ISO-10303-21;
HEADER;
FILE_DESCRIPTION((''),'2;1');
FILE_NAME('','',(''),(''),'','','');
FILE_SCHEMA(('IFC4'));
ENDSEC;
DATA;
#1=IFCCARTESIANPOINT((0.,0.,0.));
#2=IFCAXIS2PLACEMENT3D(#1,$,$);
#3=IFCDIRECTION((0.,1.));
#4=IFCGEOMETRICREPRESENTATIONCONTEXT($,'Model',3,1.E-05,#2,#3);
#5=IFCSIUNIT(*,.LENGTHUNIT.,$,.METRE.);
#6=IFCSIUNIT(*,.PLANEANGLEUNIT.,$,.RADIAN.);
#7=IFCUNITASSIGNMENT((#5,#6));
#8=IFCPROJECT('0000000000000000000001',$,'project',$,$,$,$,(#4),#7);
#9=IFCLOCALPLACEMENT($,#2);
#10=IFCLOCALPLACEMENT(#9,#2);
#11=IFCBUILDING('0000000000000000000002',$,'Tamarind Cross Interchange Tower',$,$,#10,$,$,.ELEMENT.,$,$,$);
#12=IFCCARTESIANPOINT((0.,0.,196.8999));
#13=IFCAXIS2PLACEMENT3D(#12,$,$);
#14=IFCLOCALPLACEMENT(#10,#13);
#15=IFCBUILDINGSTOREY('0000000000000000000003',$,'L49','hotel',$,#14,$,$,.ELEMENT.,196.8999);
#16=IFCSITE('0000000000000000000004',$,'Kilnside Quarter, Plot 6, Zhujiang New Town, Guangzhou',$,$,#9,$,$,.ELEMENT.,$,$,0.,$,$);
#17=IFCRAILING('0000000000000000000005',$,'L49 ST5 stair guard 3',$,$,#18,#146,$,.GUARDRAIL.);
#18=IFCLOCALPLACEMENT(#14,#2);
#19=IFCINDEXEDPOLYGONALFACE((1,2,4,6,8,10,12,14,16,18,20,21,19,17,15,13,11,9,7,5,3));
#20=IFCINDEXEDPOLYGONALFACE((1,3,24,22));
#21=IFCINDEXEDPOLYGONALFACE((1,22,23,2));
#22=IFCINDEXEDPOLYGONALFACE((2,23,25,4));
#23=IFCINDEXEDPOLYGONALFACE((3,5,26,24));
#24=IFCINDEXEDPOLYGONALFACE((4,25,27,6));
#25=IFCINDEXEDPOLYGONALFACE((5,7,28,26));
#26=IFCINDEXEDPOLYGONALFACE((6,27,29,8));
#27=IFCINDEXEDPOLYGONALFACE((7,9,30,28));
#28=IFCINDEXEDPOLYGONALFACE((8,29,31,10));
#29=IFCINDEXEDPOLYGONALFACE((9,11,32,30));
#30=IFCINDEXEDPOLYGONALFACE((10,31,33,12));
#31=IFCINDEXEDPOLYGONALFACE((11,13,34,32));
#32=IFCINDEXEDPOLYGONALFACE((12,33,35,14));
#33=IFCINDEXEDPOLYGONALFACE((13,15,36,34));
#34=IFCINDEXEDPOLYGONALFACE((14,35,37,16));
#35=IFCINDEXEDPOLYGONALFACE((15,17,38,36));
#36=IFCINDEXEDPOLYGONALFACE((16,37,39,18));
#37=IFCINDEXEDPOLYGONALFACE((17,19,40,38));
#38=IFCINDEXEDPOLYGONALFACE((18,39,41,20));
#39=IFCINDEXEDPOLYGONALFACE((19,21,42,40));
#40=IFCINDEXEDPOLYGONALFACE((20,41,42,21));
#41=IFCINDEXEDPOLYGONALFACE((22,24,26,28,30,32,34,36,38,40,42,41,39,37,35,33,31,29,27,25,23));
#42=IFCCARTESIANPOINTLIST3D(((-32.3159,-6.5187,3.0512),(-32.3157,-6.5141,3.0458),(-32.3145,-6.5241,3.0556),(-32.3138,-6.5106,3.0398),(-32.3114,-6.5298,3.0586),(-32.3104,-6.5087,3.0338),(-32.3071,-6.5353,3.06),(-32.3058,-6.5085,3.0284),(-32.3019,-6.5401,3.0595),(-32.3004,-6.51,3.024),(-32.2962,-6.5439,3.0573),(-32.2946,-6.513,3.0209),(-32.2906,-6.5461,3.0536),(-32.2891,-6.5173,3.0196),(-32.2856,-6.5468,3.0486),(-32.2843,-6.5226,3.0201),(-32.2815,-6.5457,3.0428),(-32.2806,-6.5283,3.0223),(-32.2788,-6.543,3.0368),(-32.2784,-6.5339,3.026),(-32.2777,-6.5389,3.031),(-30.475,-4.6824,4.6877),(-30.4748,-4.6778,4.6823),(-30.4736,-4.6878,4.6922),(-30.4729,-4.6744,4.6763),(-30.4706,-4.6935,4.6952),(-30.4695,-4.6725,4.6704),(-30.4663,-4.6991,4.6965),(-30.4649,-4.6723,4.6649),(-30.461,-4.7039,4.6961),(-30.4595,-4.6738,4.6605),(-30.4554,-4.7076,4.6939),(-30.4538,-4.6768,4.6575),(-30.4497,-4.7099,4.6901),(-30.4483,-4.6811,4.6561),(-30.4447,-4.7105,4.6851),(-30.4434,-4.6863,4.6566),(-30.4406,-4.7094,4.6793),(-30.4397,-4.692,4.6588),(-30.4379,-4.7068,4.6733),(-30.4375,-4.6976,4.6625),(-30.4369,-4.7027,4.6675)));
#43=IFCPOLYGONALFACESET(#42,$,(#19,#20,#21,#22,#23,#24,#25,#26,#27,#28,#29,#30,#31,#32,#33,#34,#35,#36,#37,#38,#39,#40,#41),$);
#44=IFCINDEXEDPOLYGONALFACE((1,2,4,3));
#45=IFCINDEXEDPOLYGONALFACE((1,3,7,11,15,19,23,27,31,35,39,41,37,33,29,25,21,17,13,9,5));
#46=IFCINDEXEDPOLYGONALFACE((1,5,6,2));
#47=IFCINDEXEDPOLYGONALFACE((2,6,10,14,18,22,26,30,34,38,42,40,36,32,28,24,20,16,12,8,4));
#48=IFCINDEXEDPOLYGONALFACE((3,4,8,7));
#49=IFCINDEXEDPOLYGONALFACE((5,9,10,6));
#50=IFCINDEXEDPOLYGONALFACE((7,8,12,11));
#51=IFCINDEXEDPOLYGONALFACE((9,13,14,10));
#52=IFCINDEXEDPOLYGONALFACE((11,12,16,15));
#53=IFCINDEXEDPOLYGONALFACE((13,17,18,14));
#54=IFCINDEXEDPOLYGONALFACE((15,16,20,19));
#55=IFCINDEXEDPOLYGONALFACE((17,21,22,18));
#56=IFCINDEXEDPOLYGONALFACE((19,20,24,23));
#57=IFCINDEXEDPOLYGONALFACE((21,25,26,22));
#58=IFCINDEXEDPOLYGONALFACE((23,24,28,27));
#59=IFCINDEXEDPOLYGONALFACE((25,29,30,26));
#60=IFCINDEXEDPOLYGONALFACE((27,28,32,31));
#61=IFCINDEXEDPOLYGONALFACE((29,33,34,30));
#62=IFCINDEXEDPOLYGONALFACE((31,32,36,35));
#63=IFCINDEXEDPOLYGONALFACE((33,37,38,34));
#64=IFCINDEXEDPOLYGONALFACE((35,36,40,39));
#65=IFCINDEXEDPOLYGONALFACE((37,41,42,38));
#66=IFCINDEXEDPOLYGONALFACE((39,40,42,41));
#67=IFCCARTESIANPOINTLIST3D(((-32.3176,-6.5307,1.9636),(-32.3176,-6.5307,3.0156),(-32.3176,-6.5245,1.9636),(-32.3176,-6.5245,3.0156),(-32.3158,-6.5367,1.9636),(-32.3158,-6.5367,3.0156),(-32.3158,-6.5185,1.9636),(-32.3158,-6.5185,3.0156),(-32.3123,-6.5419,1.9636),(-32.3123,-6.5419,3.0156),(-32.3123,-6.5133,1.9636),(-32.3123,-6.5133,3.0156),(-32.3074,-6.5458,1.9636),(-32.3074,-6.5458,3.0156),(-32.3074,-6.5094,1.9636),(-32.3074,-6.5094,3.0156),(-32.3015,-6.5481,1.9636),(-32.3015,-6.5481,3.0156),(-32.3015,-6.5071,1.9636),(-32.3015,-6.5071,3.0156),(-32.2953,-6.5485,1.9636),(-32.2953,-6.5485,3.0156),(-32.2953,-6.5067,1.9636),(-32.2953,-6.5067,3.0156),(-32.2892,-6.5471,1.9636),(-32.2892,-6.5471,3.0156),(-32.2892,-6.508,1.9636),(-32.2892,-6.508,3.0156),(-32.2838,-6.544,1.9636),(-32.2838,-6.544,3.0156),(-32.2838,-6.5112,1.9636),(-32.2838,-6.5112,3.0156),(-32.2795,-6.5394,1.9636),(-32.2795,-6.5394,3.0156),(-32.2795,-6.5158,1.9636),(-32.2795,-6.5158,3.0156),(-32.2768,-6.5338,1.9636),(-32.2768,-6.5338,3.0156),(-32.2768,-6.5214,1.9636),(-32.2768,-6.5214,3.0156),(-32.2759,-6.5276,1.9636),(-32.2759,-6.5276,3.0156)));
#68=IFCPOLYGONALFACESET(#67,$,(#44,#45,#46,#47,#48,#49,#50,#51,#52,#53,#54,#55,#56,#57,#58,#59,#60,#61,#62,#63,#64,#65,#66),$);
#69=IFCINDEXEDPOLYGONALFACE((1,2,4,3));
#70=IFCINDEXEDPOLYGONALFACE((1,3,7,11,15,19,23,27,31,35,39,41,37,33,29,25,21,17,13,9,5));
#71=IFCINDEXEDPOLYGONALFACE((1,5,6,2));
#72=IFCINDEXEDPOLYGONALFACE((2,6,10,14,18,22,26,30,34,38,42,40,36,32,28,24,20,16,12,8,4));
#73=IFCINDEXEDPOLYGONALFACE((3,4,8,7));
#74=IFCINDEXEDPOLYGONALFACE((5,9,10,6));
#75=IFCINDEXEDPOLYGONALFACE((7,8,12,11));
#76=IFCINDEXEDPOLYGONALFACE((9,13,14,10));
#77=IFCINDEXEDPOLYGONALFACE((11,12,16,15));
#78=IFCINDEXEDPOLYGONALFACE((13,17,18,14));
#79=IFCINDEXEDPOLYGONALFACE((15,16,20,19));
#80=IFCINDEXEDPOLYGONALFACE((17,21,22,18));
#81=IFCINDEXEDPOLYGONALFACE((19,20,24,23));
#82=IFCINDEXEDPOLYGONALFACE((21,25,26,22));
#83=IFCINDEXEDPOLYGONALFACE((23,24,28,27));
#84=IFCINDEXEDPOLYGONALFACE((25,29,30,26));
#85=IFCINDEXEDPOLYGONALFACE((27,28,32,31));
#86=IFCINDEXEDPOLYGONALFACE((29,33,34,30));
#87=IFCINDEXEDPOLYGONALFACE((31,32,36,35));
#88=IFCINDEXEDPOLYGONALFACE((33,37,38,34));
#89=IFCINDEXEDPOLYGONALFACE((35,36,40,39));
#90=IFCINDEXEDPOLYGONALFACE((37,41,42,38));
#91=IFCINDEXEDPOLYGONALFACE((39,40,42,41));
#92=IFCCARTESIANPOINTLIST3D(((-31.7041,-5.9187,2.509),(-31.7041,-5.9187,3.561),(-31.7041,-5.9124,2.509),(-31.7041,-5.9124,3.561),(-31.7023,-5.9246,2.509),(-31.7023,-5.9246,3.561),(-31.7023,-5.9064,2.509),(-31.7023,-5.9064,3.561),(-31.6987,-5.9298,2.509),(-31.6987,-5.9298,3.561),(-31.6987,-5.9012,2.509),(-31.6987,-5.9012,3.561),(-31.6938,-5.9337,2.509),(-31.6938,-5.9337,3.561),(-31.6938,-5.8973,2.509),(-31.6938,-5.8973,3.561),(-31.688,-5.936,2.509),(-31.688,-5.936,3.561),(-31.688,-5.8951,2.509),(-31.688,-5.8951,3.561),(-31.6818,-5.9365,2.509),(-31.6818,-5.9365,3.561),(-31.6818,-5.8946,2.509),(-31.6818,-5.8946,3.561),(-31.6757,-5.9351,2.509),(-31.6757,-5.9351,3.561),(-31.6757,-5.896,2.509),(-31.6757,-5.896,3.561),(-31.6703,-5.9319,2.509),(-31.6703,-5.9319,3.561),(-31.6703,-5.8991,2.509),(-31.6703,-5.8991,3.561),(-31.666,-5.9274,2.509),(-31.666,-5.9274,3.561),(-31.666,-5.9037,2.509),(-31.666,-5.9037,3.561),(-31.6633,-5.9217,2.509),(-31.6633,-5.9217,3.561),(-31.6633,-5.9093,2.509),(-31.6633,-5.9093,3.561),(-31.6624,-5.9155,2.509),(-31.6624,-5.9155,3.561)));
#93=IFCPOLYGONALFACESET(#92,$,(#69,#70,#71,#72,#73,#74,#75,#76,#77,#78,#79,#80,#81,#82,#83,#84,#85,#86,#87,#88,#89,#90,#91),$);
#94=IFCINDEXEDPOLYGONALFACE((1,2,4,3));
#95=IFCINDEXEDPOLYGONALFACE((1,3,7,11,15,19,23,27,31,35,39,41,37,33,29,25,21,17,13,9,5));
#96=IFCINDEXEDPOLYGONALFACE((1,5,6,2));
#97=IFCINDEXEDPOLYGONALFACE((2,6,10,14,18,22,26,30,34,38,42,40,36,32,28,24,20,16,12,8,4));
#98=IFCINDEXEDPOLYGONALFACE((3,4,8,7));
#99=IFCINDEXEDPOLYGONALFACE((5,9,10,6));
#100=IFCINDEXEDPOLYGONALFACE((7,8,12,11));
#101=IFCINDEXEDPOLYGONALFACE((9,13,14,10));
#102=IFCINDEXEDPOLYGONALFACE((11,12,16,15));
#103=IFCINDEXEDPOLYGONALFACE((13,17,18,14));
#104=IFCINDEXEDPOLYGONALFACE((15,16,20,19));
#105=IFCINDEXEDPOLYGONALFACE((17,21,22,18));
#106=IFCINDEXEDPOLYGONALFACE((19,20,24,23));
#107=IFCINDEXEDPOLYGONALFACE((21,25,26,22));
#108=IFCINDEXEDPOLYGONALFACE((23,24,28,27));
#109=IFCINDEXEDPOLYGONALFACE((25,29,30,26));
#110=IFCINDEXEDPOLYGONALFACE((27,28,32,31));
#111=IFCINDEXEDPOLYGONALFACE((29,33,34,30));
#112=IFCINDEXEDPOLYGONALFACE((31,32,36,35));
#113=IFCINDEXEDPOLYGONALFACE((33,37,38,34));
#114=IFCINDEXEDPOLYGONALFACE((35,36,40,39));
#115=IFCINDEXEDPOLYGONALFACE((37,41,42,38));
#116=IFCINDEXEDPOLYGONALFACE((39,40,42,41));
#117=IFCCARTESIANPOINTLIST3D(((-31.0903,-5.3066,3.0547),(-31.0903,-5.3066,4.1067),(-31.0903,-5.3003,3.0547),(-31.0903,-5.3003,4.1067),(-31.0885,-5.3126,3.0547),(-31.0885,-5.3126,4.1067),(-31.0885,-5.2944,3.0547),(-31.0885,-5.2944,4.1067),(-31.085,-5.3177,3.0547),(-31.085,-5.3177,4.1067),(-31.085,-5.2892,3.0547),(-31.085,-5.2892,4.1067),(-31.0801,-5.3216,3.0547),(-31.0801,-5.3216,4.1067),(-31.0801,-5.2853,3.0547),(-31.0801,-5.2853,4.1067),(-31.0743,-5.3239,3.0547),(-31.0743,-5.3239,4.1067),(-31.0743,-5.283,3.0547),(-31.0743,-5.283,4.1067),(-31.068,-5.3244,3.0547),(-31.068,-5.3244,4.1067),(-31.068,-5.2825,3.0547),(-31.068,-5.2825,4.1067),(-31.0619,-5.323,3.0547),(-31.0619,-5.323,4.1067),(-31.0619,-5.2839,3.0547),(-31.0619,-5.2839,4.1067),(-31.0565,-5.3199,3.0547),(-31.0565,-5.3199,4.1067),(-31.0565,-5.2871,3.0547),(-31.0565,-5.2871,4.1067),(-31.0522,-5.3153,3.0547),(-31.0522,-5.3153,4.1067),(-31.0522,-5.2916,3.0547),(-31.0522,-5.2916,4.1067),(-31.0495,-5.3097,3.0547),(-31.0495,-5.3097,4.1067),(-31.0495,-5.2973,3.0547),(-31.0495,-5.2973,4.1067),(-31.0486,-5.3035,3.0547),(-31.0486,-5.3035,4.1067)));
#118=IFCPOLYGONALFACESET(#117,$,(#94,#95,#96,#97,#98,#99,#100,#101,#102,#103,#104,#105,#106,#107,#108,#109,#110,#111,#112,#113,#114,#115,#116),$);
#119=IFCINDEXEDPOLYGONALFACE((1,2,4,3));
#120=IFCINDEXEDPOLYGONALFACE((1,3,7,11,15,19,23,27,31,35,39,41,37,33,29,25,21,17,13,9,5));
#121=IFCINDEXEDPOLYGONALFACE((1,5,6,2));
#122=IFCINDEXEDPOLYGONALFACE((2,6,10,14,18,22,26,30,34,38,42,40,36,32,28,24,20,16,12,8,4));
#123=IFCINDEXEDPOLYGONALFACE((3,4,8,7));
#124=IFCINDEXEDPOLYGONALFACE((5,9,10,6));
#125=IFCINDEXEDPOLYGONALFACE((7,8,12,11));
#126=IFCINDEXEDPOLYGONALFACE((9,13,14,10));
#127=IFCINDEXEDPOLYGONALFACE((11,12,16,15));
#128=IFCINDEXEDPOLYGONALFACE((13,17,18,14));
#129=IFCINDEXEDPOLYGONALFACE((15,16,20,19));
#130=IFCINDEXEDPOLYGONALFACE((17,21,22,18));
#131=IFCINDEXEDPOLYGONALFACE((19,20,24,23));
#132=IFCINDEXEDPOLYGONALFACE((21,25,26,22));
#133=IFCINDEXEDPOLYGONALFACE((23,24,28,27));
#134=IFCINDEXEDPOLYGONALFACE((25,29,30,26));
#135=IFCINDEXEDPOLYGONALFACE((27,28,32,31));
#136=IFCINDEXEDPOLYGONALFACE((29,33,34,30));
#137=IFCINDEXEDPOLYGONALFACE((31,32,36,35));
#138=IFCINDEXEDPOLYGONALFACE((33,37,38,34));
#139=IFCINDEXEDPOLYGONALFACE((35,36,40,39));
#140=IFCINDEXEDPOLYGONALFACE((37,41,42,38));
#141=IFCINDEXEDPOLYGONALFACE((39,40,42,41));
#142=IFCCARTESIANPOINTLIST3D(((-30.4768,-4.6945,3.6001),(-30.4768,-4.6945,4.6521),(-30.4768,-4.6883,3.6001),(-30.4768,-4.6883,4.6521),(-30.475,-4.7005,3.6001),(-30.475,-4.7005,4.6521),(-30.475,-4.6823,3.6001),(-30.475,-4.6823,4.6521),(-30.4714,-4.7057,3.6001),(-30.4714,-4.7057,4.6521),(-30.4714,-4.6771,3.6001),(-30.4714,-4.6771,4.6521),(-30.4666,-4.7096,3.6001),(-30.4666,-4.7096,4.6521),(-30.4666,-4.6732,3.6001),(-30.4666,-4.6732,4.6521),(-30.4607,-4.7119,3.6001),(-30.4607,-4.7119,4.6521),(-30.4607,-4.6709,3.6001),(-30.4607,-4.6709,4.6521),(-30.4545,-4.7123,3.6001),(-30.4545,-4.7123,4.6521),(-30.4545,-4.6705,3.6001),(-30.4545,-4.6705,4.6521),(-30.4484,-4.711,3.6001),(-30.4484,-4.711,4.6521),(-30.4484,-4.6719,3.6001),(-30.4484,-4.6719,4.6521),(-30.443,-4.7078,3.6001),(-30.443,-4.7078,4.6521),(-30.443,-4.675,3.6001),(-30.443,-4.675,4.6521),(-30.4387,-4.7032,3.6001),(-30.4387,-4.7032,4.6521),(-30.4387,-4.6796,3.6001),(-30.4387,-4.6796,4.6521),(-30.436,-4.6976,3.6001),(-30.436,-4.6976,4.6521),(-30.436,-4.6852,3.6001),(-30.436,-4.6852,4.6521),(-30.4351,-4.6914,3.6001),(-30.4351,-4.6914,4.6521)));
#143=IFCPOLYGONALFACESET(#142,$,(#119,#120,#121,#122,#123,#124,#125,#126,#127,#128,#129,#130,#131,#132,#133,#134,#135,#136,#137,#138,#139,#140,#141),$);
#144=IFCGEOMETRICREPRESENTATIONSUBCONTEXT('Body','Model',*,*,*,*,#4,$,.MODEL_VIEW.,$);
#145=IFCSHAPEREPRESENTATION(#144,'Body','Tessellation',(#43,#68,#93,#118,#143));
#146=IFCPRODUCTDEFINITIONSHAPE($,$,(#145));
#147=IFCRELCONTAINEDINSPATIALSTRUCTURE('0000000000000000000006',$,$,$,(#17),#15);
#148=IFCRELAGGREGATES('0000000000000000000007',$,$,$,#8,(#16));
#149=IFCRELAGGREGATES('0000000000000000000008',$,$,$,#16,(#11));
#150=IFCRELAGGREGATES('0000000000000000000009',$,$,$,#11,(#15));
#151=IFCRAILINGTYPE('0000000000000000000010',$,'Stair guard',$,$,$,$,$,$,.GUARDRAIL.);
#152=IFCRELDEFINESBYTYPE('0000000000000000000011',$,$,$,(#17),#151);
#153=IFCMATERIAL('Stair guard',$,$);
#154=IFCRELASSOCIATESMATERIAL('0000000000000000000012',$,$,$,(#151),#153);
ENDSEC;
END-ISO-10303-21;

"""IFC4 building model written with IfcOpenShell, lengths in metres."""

from ifc_helpers import new_model, si_unit, direction, frame, origin, origin_2d, place, context, subcontext, project, spatial, circle, extrude, material, type_object, element, save


model = new_model("IFC4")

# Units and contexts
model_context = context("Model", 3, precision=1e-05, world=origin(), true_north=direction((0.0, 1.0)))
body_context = subcontext(model_context, "Body", "Model", "MODEL_VIEW")
ifc_project = project(units=[si_unit("LENGTHUNIT", "METRE"), si_unit("PLANEANGLEUNIT", "RADIAN")], contexts=[model_context])

# Site, building, storey
site_placement = place(None, origin())
site = spatial("IfcSite", under=ifc_project, at=site_placement, Name="Kilnside Quarter, Plot 6, Zhujiang New Town, Guangzhou", CompositionType="ELEMENT", RefElevation=0.0)
building_placement = place(site_placement, origin())
building = spatial("IfcBuilding", under=site, at=building_placement, Name="Tamarind Cross Interchange Tower", CompositionType="ELEMENT")
storey_placement = place(building_placement, frame((0.0, 0.0, 196.8999)))
storey = spatial("IfcBuildingStorey", under=building, at=storey_placement, Name="L49", Description="hotel", CompositionType="ELEMENT", Elevation=196.8999)

# Railing
ifc_material_1 = material(Name="Stair guard")
railing_type_1 = type_object("IfcRailingType", Name="Stair guard", PredefinedType="GUARDRAIL", material=ifc_material_1)
railing_1_placement = place(storey_placement, frame((-32.2969, -6.5276, 1.9636)))
element("IfcRailing", 1, at=railing_1_placement, inside=storey, type_object=railing_type_1, Name="L49 ST5 stair guard 3", PredefinedType="GUARDRAIL", context=body_context, shape_type="SweptSolid", body=[
    extrude(circle(Radius=0.0239, at=origin_2d()), frame((0.0, 0.0, 1.0762), z_axis=(0.599192, 0.597682, 0.532677), x_axis=(-0.706214, 0.707998, 0.0)), (0.0, 0.0, 1.0), 3.0723),
    extrude(circle(Radius=0.021, at=origin_2d()), origin(), (0.0, 0.0, 1.0), 1.052),
    extrude(circle(Radius=0.021, at=origin_2d()), frame((0.6135, 0.6121, 0.5454)), (0.0, 0.0, 1.0), 1.052),
    extrude(circle(Radius=0.021, at=origin_2d()), frame((1.2273, 1.2241, 1.0911)), (0.0, 0.0, 1.0), 1.052),
    extrude(circle(Radius=0.021, at=origin_2d()), frame((1.8408, 1.8362, 1.6365)), (0.0, 0.0, 1.0), 1.052),
])

save(model, "model.ifc")
